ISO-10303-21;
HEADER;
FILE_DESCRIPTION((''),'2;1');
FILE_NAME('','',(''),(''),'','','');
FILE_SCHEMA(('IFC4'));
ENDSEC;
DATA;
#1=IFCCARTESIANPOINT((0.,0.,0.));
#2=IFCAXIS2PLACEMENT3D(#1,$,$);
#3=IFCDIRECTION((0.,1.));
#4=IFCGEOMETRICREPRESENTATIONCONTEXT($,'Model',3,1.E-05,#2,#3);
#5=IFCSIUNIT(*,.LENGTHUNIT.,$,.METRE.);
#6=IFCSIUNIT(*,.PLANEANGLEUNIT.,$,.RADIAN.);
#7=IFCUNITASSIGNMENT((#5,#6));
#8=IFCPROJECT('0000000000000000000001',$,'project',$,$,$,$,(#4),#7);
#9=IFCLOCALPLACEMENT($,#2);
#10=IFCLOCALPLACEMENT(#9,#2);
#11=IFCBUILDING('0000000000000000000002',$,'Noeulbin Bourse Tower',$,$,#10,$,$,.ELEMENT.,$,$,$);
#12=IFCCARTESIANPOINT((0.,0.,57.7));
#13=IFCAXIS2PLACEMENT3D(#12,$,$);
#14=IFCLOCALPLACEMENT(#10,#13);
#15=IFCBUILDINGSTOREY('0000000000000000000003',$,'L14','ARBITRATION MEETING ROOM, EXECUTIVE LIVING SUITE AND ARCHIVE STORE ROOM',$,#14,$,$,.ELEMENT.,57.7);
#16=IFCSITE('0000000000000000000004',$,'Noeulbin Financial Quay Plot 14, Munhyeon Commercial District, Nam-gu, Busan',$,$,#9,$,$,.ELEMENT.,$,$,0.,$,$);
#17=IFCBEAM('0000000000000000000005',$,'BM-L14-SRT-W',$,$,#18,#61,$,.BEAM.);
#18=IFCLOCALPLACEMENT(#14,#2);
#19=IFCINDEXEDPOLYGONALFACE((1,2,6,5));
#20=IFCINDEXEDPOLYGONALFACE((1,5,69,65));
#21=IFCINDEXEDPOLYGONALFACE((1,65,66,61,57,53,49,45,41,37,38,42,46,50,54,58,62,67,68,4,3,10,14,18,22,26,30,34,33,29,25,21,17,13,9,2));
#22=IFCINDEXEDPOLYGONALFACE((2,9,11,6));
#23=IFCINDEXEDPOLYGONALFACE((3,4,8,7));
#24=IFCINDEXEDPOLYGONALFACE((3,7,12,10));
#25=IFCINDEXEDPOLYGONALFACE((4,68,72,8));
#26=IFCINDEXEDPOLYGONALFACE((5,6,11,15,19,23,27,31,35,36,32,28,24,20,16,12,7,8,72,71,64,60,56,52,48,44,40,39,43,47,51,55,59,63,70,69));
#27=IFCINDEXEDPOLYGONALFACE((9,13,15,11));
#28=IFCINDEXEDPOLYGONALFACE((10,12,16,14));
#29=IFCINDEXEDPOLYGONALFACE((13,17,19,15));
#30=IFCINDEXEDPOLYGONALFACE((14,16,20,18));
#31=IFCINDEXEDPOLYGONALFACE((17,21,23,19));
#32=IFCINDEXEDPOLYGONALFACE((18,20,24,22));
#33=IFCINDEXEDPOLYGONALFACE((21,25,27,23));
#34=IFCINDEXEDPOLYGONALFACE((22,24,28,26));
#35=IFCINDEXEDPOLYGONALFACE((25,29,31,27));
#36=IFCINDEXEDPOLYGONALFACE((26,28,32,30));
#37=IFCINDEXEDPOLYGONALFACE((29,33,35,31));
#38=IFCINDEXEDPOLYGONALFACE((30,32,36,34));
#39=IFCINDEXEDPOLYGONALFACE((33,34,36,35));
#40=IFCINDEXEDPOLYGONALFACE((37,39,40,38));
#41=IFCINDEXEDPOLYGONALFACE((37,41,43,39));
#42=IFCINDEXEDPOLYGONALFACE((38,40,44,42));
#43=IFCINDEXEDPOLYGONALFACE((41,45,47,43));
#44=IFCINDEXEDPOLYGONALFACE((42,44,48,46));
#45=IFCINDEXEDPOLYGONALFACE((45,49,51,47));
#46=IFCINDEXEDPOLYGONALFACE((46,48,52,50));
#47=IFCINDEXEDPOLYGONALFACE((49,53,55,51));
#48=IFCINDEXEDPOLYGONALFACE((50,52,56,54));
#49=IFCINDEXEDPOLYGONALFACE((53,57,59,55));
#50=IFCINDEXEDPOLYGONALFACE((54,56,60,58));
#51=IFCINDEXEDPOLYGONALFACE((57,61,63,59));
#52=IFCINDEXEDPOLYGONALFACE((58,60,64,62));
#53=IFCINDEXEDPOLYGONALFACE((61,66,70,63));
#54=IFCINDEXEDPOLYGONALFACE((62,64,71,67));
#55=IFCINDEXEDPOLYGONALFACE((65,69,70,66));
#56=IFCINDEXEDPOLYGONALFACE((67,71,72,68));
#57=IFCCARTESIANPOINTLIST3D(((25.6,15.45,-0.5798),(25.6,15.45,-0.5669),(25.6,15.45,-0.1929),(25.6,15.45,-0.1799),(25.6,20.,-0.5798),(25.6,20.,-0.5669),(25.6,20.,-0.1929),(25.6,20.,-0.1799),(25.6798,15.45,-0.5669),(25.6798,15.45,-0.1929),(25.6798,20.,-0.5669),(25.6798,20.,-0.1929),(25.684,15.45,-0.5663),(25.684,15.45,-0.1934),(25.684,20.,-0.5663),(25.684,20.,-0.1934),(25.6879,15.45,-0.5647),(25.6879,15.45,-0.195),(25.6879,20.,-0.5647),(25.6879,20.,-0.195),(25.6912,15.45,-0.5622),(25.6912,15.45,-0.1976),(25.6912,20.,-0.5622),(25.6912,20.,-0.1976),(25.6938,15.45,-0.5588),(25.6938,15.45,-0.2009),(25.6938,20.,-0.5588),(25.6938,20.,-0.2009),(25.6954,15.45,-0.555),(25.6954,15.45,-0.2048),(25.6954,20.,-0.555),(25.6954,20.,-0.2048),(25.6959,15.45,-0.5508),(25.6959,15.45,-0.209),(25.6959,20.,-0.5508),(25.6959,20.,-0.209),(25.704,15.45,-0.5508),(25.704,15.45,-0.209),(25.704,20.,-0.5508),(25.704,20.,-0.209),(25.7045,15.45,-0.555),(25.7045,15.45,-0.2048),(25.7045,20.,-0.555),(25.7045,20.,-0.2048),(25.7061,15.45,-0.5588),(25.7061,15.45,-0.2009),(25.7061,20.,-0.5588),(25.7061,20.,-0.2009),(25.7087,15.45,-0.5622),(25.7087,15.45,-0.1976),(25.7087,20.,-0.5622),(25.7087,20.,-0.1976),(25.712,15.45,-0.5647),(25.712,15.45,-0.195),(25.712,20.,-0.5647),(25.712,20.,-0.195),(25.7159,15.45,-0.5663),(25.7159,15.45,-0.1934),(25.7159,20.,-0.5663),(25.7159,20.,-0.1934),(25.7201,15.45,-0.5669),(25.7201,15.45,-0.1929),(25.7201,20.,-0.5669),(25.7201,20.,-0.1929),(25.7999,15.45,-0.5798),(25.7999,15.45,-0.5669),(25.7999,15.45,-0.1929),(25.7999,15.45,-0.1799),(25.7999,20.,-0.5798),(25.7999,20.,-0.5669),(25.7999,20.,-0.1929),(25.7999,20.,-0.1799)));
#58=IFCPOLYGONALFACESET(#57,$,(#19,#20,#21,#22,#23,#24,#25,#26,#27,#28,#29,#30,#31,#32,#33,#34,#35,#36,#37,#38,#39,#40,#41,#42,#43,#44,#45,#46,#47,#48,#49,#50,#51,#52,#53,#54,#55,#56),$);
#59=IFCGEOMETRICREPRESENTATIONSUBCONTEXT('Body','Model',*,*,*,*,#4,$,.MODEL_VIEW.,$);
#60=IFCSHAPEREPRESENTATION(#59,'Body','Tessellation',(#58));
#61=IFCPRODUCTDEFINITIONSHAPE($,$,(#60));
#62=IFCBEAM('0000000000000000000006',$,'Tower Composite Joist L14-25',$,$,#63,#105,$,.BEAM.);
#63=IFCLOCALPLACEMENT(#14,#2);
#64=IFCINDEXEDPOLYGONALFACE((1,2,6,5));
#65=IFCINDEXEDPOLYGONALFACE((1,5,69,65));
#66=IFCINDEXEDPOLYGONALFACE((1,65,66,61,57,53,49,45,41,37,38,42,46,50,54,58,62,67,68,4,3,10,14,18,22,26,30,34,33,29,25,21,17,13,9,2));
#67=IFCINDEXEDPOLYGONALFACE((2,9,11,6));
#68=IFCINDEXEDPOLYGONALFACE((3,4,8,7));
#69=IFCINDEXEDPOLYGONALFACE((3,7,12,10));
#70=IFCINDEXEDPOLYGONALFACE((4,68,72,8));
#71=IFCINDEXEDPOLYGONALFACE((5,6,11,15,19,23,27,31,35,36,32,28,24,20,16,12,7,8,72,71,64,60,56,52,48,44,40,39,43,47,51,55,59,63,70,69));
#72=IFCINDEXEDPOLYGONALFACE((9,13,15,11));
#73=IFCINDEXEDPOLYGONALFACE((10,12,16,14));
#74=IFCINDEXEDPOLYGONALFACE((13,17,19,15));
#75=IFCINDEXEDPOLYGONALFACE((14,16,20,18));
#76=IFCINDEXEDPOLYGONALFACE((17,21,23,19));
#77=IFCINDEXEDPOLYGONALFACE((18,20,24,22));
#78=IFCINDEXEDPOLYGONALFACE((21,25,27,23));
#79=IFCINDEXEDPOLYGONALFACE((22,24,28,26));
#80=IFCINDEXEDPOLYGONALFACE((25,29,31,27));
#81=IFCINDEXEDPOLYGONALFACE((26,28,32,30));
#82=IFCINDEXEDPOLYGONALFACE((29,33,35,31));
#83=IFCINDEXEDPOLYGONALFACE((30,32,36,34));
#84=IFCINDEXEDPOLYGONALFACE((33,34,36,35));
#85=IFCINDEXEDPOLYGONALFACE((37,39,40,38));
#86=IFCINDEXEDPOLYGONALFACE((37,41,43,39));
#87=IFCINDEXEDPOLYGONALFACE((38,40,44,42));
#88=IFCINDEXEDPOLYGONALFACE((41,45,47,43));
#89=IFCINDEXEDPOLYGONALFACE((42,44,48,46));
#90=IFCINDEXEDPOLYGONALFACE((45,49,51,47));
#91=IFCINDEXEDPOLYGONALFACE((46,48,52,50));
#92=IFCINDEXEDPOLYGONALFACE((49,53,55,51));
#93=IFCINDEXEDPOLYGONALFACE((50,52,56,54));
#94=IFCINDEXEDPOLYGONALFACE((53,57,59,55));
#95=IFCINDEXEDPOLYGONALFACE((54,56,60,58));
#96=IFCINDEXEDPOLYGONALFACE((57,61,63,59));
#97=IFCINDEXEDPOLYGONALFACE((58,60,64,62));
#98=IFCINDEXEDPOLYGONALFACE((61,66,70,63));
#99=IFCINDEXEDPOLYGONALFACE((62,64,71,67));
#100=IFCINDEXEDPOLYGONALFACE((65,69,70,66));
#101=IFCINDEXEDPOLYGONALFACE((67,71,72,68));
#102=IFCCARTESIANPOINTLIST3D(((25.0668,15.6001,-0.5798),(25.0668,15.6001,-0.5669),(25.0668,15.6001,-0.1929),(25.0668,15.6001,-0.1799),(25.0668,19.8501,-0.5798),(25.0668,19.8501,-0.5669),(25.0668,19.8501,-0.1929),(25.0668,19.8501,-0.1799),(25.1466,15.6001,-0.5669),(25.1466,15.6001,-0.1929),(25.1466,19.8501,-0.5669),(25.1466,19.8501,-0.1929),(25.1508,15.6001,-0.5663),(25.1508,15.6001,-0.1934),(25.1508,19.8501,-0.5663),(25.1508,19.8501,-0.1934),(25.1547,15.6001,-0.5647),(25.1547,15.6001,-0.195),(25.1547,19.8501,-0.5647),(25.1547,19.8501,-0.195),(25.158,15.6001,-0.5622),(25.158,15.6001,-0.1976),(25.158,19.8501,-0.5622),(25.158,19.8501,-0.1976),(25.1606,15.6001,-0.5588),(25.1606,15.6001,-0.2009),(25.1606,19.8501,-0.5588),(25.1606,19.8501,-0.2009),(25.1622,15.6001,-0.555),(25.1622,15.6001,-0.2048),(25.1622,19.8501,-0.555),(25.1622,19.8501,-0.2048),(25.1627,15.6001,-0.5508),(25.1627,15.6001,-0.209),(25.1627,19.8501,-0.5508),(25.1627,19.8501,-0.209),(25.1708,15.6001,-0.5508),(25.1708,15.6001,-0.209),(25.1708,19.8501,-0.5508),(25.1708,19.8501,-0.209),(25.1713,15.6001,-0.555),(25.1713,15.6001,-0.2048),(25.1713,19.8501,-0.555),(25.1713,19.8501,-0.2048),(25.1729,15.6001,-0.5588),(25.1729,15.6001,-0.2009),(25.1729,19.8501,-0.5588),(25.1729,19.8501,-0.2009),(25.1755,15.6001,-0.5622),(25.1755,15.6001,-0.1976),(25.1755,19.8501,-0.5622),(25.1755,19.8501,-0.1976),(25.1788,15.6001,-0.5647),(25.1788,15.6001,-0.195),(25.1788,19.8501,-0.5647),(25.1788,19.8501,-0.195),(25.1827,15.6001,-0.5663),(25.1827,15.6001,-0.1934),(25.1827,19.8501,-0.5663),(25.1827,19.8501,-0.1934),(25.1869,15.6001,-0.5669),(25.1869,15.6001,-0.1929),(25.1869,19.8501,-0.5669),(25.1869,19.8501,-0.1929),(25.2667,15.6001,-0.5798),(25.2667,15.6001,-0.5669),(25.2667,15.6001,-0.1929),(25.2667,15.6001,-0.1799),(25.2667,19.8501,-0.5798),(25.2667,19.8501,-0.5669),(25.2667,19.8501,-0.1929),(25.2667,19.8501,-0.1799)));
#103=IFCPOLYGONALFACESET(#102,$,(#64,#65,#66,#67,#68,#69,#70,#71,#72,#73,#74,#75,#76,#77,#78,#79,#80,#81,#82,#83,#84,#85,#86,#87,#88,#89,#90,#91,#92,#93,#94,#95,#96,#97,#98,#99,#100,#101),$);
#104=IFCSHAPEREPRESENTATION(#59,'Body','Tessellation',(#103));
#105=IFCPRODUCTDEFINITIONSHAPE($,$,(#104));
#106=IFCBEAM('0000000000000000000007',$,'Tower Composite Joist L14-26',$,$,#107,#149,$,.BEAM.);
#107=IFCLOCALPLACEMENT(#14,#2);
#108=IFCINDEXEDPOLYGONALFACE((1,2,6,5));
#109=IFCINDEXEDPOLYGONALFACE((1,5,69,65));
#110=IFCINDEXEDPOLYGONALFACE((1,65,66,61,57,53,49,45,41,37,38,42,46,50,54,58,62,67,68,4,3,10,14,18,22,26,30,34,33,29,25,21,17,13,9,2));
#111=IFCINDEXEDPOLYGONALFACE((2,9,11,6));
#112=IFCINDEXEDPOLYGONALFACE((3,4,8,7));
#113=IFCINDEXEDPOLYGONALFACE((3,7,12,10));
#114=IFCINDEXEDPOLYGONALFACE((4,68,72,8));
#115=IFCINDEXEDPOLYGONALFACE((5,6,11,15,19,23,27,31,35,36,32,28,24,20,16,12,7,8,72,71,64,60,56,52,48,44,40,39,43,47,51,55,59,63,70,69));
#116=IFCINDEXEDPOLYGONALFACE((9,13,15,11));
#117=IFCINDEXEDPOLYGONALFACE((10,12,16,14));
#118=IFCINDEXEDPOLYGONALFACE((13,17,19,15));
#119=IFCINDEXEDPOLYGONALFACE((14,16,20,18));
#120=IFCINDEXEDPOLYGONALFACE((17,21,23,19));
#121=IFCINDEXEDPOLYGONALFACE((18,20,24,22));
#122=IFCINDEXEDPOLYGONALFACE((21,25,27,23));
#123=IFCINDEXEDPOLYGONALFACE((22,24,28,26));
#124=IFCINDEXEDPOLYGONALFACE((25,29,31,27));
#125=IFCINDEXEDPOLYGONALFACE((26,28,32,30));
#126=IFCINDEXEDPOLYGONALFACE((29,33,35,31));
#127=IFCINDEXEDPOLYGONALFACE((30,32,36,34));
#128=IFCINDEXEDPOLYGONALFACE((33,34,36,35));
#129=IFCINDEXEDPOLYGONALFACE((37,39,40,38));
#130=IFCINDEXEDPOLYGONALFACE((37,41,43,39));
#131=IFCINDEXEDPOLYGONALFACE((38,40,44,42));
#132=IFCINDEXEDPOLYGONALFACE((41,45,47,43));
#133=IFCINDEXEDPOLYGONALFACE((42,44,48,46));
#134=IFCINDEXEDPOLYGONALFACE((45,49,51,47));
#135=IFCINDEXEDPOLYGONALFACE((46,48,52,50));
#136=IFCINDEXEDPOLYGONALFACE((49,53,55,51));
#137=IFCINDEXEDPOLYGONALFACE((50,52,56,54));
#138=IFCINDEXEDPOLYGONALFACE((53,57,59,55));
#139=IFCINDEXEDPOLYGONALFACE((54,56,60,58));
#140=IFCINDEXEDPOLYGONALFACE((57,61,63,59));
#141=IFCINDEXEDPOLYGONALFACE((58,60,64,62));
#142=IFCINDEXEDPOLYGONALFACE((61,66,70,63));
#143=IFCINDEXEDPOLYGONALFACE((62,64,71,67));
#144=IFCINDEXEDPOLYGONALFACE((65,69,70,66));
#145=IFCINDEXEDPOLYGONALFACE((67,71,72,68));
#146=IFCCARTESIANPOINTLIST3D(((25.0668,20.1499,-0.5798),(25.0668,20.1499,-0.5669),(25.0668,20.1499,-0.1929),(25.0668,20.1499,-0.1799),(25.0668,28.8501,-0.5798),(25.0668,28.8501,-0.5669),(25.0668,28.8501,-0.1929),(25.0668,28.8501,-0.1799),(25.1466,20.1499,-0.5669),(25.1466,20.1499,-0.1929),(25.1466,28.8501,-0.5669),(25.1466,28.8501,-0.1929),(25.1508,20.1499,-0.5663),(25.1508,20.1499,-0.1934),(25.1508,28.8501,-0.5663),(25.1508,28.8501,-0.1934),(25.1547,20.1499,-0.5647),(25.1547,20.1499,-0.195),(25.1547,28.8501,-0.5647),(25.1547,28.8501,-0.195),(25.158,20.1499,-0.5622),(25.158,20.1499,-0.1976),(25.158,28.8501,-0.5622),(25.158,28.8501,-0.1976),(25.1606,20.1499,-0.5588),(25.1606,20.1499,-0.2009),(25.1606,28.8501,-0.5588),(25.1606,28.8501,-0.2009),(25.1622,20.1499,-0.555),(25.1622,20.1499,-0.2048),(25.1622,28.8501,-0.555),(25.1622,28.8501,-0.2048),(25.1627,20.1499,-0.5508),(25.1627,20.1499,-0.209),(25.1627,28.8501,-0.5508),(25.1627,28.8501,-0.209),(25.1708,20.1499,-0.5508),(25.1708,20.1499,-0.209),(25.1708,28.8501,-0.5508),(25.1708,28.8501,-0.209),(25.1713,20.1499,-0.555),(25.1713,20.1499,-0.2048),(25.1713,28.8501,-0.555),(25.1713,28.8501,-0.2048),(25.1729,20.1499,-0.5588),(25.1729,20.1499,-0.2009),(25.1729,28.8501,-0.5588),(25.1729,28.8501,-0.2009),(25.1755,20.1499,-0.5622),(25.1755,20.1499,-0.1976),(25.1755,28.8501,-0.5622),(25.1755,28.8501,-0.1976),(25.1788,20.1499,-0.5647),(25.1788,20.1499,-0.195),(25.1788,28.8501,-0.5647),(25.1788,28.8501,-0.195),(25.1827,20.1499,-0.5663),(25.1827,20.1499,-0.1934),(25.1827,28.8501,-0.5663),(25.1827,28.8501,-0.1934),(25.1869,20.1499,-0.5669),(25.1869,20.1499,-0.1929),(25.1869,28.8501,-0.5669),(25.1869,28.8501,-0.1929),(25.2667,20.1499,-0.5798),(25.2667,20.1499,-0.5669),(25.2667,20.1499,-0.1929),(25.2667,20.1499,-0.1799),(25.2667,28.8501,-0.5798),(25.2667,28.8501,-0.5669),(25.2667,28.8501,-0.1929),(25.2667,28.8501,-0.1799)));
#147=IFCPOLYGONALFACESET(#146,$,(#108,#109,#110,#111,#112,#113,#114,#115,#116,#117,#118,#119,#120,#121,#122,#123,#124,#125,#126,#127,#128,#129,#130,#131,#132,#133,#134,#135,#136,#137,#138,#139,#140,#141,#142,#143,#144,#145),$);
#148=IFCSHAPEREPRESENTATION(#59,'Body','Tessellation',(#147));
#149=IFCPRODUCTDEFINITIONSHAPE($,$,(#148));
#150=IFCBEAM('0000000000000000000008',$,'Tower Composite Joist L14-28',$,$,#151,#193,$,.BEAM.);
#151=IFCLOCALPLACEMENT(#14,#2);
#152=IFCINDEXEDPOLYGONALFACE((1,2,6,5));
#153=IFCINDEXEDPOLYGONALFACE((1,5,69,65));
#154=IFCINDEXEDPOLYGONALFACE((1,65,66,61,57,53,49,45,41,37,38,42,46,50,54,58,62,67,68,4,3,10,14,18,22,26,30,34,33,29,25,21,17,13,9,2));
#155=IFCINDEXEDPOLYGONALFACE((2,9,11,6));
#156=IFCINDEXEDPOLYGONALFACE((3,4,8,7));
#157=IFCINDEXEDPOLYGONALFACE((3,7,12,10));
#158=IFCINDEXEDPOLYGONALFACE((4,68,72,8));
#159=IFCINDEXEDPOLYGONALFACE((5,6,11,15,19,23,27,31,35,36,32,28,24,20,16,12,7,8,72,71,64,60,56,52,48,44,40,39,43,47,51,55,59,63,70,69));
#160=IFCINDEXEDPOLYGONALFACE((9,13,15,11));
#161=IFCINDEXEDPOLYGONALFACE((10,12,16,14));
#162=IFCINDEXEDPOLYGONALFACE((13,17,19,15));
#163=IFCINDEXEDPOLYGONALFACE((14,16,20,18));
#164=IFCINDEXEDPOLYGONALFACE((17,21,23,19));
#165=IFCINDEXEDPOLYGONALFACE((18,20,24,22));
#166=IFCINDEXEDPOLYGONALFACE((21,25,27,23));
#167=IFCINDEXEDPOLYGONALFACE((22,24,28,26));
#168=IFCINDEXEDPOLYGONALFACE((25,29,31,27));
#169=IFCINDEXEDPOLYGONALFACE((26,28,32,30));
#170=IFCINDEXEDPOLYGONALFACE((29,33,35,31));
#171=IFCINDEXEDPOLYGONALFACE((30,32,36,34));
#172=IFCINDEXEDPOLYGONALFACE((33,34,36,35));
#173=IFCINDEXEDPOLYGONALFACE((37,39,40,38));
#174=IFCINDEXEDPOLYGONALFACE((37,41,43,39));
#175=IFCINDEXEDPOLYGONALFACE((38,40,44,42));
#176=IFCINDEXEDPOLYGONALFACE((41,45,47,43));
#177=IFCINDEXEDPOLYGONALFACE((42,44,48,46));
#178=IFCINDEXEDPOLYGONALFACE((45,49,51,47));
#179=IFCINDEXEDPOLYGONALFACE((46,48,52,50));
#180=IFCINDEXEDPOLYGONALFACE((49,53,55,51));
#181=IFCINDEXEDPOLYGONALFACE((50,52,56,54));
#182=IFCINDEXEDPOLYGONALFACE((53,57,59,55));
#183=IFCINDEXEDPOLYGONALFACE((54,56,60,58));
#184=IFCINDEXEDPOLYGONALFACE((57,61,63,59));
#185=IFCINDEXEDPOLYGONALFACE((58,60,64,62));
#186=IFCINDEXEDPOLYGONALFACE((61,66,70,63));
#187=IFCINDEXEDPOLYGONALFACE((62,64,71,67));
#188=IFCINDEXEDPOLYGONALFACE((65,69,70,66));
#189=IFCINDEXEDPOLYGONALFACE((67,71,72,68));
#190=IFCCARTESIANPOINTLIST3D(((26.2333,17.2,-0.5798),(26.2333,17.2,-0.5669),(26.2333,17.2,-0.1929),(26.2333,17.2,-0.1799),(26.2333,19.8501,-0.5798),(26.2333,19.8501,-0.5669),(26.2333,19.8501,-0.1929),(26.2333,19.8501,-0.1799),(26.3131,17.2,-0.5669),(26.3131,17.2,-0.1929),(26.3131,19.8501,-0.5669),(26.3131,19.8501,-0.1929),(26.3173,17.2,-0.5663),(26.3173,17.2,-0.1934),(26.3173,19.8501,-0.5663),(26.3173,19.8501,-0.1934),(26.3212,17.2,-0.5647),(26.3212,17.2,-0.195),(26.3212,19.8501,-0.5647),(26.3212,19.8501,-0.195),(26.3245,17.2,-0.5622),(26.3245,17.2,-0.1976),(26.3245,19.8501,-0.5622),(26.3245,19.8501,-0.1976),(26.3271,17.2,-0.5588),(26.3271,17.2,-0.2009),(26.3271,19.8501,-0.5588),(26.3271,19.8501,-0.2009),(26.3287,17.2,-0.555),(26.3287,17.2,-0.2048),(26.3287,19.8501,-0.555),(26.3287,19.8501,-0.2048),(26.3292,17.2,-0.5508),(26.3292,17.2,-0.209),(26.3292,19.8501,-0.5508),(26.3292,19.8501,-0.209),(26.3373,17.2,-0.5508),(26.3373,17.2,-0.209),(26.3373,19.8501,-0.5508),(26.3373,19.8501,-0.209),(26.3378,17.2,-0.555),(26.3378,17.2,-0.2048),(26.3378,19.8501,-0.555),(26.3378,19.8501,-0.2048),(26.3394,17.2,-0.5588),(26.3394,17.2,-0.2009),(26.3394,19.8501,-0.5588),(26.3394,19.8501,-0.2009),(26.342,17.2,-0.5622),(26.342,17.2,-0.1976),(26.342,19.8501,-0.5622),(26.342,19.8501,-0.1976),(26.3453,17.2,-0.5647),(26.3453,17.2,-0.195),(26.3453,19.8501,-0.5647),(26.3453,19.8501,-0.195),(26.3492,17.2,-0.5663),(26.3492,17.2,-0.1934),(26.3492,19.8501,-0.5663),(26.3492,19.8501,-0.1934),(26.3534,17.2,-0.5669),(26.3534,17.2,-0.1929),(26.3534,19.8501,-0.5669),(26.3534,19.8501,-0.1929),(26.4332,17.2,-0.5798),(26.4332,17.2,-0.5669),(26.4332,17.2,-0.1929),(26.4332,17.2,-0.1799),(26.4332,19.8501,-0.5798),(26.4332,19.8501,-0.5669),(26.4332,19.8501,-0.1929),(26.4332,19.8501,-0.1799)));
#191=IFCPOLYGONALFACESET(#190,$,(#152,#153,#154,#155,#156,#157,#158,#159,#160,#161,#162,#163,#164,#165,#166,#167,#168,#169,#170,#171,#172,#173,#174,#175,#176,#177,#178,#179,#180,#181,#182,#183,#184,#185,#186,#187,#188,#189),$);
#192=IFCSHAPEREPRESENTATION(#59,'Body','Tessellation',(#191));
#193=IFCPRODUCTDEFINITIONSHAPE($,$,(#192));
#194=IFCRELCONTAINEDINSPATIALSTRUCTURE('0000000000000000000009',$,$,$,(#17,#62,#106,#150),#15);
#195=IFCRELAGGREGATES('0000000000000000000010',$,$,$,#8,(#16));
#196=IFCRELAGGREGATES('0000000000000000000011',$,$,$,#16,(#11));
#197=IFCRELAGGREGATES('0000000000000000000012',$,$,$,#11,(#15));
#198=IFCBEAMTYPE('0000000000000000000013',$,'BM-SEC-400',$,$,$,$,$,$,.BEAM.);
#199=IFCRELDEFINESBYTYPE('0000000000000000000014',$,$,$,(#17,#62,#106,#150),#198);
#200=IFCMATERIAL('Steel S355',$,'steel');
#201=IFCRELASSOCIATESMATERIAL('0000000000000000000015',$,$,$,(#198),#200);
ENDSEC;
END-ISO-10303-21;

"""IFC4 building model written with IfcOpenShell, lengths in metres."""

from ifc_helpers import new_model, si_unit, direction, frame, origin, origin_2d, place, context, subcontext, project, spatial, i_section, extrude, material, material_profile, profile_set, type_object, element, save


model = new_model("IFC4")

# Units and contexts
model_context = context("Model", 3, precision=1e-05, world=origin(), true_north=direction((0.0, 1.0)))
body_context = subcontext(model_context, "Body", "Model", "MODEL_VIEW")
ifc_project = project(units=[si_unit("LENGTHUNIT", "METRE"), si_unit("PLANEANGLEUNIT", "RADIAN")], contexts=[model_context])

# Site, building, storey
site_placement = place(None, origin())
site = spatial("IfcSite", under=ifc_project, at=site_placement, Name="Noeulbin Financial Quay Plot 14, Munhyeon Commercial District, Nam-gu, Busan", CompositionType="ELEMENT", RefElevation=0.0)
building_placement = place(site_placement, origin())
building = spatial("IfcBuilding", under=site, at=building_placement, Name="Noeulbin Bourse Tower", CompositionType="ELEMENT")
storey_placement = place(building_placement, frame((0.0, 0.0, 57.7)))
storey = spatial("IfcBuildingStorey", under=building, at=storey_placement, Name="L14", Description="ARBITRATION MEETING ROOM, EXECUTIVE LIVING SUITE AND ARCHIVE STORE ROOM", CompositionType="ELEMENT", Elevation=57.7)

# Beams
ifc_material_1 = material(Name="Steel S355", Category="steel")
ifc_material_profile_1 = material_profile(ifc_material_1, i_section(OverallWidth=0.2, OverallDepth=0.3999, WebThickness=0.0081, FlangeThickness=0.0129, FilletRadius=0.0161, at=origin_2d()), Name="H-400x200x8x13", Category="LoadBearing")
ifc_profile_set_1 = profile_set([ifc_material_profile_1], Name="Steel S355")
beam_type_1 = type_object("IfcBeamType", Name="BM-SEC-400", PredefinedType="BEAM", material=ifc_profile_set_1)
beam_1_placement = place(storey_placement, frame((25.7, 15.45, -0.3799), z_axis=(0.0, 1.0, 0.0), x_axis=(-1.0, 0.0, 0.0)))
element("IfcBeam", 1, at=beam_1_placement, inside=storey, type_object=beam_type_1, Name="BM-L14-SRT-W", PredefinedType="BEAM", context=body_context, shape_type="SweptSolid", body=[
    extrude(i_section(OverallWidth=0.2, OverallDepth=0.3999, WebThickness=0.0081, FlangeThickness=0.0129, FilletRadius=0.0161, at=origin_2d()), origin(), (0.0, 0.0, 1.0), 4.55),
])
beam_2_placement = place(storey_placement, frame((25.1667, 15.6001, -0.3799), z_axis=(0.0, 1.0, 0.0), x_axis=(-1.0, 0.0, 0.0)))
element("IfcBeam", 2, at=beam_2_placement, inside=storey, type_object=beam_type_1, Name="Tower Composite Joist L14-25", PredefinedType="BEAM", context=body_context, shape_type="SweptSolid", body=[
    extrude(i_section(OverallWidth=0.2, OverallDepth=0.3999, WebThickness=0.0081, FlangeThickness=0.0129, FilletRadius=0.0161, at=origin_2d()), origin(), (0.0, 0.0, 1.0), 4.25),
])
beam_3_placement = place(storey_placement, frame((25.1667, 20.1499, -0.3799), z_axis=(0.0, 1.0, 0.0), x_axis=(-1.0, 0.0, 0.0)))
element("IfcBeam", 3, at=beam_3_placement, inside=storey, type_object=beam_type_1, Name="Tower Composite Joist L14-26", PredefinedType="BEAM", context=body_context, shape_type="SweptSolid", body=[
    extrude(i_section(OverallWidth=0.2, OverallDepth=0.3999, WebThickness=0.0081, FlangeThickness=0.0129, FilletRadius=0.0161, at=origin_2d()), origin(), (0.0, 0.0, 1.0), 8.7002),
])
beam_4_placement = place(storey_placement, frame((26.3333, 17.2, -0.3799), z_axis=(0.0, 1.0, 0.0), x_axis=(-1.0, 0.0, 0.0)))
element("IfcBeam", 4, at=beam_4_placement, inside=storey, type_object=beam_type_1, Name="Tower Composite Joist L14-28", PredefinedType="BEAM", context=body_context, shape_type="SweptSolid", body=[
    extrude(i_section(OverallWidth=0.2, OverallDepth=0.3999, WebThickness=0.0081, FlangeThickness=0.0129, FilletRadius=0.0161, at=origin_2d()), origin(), (0.0, 0.0, 1.0), 2.6501),
])

save(model, "model.ifc")
